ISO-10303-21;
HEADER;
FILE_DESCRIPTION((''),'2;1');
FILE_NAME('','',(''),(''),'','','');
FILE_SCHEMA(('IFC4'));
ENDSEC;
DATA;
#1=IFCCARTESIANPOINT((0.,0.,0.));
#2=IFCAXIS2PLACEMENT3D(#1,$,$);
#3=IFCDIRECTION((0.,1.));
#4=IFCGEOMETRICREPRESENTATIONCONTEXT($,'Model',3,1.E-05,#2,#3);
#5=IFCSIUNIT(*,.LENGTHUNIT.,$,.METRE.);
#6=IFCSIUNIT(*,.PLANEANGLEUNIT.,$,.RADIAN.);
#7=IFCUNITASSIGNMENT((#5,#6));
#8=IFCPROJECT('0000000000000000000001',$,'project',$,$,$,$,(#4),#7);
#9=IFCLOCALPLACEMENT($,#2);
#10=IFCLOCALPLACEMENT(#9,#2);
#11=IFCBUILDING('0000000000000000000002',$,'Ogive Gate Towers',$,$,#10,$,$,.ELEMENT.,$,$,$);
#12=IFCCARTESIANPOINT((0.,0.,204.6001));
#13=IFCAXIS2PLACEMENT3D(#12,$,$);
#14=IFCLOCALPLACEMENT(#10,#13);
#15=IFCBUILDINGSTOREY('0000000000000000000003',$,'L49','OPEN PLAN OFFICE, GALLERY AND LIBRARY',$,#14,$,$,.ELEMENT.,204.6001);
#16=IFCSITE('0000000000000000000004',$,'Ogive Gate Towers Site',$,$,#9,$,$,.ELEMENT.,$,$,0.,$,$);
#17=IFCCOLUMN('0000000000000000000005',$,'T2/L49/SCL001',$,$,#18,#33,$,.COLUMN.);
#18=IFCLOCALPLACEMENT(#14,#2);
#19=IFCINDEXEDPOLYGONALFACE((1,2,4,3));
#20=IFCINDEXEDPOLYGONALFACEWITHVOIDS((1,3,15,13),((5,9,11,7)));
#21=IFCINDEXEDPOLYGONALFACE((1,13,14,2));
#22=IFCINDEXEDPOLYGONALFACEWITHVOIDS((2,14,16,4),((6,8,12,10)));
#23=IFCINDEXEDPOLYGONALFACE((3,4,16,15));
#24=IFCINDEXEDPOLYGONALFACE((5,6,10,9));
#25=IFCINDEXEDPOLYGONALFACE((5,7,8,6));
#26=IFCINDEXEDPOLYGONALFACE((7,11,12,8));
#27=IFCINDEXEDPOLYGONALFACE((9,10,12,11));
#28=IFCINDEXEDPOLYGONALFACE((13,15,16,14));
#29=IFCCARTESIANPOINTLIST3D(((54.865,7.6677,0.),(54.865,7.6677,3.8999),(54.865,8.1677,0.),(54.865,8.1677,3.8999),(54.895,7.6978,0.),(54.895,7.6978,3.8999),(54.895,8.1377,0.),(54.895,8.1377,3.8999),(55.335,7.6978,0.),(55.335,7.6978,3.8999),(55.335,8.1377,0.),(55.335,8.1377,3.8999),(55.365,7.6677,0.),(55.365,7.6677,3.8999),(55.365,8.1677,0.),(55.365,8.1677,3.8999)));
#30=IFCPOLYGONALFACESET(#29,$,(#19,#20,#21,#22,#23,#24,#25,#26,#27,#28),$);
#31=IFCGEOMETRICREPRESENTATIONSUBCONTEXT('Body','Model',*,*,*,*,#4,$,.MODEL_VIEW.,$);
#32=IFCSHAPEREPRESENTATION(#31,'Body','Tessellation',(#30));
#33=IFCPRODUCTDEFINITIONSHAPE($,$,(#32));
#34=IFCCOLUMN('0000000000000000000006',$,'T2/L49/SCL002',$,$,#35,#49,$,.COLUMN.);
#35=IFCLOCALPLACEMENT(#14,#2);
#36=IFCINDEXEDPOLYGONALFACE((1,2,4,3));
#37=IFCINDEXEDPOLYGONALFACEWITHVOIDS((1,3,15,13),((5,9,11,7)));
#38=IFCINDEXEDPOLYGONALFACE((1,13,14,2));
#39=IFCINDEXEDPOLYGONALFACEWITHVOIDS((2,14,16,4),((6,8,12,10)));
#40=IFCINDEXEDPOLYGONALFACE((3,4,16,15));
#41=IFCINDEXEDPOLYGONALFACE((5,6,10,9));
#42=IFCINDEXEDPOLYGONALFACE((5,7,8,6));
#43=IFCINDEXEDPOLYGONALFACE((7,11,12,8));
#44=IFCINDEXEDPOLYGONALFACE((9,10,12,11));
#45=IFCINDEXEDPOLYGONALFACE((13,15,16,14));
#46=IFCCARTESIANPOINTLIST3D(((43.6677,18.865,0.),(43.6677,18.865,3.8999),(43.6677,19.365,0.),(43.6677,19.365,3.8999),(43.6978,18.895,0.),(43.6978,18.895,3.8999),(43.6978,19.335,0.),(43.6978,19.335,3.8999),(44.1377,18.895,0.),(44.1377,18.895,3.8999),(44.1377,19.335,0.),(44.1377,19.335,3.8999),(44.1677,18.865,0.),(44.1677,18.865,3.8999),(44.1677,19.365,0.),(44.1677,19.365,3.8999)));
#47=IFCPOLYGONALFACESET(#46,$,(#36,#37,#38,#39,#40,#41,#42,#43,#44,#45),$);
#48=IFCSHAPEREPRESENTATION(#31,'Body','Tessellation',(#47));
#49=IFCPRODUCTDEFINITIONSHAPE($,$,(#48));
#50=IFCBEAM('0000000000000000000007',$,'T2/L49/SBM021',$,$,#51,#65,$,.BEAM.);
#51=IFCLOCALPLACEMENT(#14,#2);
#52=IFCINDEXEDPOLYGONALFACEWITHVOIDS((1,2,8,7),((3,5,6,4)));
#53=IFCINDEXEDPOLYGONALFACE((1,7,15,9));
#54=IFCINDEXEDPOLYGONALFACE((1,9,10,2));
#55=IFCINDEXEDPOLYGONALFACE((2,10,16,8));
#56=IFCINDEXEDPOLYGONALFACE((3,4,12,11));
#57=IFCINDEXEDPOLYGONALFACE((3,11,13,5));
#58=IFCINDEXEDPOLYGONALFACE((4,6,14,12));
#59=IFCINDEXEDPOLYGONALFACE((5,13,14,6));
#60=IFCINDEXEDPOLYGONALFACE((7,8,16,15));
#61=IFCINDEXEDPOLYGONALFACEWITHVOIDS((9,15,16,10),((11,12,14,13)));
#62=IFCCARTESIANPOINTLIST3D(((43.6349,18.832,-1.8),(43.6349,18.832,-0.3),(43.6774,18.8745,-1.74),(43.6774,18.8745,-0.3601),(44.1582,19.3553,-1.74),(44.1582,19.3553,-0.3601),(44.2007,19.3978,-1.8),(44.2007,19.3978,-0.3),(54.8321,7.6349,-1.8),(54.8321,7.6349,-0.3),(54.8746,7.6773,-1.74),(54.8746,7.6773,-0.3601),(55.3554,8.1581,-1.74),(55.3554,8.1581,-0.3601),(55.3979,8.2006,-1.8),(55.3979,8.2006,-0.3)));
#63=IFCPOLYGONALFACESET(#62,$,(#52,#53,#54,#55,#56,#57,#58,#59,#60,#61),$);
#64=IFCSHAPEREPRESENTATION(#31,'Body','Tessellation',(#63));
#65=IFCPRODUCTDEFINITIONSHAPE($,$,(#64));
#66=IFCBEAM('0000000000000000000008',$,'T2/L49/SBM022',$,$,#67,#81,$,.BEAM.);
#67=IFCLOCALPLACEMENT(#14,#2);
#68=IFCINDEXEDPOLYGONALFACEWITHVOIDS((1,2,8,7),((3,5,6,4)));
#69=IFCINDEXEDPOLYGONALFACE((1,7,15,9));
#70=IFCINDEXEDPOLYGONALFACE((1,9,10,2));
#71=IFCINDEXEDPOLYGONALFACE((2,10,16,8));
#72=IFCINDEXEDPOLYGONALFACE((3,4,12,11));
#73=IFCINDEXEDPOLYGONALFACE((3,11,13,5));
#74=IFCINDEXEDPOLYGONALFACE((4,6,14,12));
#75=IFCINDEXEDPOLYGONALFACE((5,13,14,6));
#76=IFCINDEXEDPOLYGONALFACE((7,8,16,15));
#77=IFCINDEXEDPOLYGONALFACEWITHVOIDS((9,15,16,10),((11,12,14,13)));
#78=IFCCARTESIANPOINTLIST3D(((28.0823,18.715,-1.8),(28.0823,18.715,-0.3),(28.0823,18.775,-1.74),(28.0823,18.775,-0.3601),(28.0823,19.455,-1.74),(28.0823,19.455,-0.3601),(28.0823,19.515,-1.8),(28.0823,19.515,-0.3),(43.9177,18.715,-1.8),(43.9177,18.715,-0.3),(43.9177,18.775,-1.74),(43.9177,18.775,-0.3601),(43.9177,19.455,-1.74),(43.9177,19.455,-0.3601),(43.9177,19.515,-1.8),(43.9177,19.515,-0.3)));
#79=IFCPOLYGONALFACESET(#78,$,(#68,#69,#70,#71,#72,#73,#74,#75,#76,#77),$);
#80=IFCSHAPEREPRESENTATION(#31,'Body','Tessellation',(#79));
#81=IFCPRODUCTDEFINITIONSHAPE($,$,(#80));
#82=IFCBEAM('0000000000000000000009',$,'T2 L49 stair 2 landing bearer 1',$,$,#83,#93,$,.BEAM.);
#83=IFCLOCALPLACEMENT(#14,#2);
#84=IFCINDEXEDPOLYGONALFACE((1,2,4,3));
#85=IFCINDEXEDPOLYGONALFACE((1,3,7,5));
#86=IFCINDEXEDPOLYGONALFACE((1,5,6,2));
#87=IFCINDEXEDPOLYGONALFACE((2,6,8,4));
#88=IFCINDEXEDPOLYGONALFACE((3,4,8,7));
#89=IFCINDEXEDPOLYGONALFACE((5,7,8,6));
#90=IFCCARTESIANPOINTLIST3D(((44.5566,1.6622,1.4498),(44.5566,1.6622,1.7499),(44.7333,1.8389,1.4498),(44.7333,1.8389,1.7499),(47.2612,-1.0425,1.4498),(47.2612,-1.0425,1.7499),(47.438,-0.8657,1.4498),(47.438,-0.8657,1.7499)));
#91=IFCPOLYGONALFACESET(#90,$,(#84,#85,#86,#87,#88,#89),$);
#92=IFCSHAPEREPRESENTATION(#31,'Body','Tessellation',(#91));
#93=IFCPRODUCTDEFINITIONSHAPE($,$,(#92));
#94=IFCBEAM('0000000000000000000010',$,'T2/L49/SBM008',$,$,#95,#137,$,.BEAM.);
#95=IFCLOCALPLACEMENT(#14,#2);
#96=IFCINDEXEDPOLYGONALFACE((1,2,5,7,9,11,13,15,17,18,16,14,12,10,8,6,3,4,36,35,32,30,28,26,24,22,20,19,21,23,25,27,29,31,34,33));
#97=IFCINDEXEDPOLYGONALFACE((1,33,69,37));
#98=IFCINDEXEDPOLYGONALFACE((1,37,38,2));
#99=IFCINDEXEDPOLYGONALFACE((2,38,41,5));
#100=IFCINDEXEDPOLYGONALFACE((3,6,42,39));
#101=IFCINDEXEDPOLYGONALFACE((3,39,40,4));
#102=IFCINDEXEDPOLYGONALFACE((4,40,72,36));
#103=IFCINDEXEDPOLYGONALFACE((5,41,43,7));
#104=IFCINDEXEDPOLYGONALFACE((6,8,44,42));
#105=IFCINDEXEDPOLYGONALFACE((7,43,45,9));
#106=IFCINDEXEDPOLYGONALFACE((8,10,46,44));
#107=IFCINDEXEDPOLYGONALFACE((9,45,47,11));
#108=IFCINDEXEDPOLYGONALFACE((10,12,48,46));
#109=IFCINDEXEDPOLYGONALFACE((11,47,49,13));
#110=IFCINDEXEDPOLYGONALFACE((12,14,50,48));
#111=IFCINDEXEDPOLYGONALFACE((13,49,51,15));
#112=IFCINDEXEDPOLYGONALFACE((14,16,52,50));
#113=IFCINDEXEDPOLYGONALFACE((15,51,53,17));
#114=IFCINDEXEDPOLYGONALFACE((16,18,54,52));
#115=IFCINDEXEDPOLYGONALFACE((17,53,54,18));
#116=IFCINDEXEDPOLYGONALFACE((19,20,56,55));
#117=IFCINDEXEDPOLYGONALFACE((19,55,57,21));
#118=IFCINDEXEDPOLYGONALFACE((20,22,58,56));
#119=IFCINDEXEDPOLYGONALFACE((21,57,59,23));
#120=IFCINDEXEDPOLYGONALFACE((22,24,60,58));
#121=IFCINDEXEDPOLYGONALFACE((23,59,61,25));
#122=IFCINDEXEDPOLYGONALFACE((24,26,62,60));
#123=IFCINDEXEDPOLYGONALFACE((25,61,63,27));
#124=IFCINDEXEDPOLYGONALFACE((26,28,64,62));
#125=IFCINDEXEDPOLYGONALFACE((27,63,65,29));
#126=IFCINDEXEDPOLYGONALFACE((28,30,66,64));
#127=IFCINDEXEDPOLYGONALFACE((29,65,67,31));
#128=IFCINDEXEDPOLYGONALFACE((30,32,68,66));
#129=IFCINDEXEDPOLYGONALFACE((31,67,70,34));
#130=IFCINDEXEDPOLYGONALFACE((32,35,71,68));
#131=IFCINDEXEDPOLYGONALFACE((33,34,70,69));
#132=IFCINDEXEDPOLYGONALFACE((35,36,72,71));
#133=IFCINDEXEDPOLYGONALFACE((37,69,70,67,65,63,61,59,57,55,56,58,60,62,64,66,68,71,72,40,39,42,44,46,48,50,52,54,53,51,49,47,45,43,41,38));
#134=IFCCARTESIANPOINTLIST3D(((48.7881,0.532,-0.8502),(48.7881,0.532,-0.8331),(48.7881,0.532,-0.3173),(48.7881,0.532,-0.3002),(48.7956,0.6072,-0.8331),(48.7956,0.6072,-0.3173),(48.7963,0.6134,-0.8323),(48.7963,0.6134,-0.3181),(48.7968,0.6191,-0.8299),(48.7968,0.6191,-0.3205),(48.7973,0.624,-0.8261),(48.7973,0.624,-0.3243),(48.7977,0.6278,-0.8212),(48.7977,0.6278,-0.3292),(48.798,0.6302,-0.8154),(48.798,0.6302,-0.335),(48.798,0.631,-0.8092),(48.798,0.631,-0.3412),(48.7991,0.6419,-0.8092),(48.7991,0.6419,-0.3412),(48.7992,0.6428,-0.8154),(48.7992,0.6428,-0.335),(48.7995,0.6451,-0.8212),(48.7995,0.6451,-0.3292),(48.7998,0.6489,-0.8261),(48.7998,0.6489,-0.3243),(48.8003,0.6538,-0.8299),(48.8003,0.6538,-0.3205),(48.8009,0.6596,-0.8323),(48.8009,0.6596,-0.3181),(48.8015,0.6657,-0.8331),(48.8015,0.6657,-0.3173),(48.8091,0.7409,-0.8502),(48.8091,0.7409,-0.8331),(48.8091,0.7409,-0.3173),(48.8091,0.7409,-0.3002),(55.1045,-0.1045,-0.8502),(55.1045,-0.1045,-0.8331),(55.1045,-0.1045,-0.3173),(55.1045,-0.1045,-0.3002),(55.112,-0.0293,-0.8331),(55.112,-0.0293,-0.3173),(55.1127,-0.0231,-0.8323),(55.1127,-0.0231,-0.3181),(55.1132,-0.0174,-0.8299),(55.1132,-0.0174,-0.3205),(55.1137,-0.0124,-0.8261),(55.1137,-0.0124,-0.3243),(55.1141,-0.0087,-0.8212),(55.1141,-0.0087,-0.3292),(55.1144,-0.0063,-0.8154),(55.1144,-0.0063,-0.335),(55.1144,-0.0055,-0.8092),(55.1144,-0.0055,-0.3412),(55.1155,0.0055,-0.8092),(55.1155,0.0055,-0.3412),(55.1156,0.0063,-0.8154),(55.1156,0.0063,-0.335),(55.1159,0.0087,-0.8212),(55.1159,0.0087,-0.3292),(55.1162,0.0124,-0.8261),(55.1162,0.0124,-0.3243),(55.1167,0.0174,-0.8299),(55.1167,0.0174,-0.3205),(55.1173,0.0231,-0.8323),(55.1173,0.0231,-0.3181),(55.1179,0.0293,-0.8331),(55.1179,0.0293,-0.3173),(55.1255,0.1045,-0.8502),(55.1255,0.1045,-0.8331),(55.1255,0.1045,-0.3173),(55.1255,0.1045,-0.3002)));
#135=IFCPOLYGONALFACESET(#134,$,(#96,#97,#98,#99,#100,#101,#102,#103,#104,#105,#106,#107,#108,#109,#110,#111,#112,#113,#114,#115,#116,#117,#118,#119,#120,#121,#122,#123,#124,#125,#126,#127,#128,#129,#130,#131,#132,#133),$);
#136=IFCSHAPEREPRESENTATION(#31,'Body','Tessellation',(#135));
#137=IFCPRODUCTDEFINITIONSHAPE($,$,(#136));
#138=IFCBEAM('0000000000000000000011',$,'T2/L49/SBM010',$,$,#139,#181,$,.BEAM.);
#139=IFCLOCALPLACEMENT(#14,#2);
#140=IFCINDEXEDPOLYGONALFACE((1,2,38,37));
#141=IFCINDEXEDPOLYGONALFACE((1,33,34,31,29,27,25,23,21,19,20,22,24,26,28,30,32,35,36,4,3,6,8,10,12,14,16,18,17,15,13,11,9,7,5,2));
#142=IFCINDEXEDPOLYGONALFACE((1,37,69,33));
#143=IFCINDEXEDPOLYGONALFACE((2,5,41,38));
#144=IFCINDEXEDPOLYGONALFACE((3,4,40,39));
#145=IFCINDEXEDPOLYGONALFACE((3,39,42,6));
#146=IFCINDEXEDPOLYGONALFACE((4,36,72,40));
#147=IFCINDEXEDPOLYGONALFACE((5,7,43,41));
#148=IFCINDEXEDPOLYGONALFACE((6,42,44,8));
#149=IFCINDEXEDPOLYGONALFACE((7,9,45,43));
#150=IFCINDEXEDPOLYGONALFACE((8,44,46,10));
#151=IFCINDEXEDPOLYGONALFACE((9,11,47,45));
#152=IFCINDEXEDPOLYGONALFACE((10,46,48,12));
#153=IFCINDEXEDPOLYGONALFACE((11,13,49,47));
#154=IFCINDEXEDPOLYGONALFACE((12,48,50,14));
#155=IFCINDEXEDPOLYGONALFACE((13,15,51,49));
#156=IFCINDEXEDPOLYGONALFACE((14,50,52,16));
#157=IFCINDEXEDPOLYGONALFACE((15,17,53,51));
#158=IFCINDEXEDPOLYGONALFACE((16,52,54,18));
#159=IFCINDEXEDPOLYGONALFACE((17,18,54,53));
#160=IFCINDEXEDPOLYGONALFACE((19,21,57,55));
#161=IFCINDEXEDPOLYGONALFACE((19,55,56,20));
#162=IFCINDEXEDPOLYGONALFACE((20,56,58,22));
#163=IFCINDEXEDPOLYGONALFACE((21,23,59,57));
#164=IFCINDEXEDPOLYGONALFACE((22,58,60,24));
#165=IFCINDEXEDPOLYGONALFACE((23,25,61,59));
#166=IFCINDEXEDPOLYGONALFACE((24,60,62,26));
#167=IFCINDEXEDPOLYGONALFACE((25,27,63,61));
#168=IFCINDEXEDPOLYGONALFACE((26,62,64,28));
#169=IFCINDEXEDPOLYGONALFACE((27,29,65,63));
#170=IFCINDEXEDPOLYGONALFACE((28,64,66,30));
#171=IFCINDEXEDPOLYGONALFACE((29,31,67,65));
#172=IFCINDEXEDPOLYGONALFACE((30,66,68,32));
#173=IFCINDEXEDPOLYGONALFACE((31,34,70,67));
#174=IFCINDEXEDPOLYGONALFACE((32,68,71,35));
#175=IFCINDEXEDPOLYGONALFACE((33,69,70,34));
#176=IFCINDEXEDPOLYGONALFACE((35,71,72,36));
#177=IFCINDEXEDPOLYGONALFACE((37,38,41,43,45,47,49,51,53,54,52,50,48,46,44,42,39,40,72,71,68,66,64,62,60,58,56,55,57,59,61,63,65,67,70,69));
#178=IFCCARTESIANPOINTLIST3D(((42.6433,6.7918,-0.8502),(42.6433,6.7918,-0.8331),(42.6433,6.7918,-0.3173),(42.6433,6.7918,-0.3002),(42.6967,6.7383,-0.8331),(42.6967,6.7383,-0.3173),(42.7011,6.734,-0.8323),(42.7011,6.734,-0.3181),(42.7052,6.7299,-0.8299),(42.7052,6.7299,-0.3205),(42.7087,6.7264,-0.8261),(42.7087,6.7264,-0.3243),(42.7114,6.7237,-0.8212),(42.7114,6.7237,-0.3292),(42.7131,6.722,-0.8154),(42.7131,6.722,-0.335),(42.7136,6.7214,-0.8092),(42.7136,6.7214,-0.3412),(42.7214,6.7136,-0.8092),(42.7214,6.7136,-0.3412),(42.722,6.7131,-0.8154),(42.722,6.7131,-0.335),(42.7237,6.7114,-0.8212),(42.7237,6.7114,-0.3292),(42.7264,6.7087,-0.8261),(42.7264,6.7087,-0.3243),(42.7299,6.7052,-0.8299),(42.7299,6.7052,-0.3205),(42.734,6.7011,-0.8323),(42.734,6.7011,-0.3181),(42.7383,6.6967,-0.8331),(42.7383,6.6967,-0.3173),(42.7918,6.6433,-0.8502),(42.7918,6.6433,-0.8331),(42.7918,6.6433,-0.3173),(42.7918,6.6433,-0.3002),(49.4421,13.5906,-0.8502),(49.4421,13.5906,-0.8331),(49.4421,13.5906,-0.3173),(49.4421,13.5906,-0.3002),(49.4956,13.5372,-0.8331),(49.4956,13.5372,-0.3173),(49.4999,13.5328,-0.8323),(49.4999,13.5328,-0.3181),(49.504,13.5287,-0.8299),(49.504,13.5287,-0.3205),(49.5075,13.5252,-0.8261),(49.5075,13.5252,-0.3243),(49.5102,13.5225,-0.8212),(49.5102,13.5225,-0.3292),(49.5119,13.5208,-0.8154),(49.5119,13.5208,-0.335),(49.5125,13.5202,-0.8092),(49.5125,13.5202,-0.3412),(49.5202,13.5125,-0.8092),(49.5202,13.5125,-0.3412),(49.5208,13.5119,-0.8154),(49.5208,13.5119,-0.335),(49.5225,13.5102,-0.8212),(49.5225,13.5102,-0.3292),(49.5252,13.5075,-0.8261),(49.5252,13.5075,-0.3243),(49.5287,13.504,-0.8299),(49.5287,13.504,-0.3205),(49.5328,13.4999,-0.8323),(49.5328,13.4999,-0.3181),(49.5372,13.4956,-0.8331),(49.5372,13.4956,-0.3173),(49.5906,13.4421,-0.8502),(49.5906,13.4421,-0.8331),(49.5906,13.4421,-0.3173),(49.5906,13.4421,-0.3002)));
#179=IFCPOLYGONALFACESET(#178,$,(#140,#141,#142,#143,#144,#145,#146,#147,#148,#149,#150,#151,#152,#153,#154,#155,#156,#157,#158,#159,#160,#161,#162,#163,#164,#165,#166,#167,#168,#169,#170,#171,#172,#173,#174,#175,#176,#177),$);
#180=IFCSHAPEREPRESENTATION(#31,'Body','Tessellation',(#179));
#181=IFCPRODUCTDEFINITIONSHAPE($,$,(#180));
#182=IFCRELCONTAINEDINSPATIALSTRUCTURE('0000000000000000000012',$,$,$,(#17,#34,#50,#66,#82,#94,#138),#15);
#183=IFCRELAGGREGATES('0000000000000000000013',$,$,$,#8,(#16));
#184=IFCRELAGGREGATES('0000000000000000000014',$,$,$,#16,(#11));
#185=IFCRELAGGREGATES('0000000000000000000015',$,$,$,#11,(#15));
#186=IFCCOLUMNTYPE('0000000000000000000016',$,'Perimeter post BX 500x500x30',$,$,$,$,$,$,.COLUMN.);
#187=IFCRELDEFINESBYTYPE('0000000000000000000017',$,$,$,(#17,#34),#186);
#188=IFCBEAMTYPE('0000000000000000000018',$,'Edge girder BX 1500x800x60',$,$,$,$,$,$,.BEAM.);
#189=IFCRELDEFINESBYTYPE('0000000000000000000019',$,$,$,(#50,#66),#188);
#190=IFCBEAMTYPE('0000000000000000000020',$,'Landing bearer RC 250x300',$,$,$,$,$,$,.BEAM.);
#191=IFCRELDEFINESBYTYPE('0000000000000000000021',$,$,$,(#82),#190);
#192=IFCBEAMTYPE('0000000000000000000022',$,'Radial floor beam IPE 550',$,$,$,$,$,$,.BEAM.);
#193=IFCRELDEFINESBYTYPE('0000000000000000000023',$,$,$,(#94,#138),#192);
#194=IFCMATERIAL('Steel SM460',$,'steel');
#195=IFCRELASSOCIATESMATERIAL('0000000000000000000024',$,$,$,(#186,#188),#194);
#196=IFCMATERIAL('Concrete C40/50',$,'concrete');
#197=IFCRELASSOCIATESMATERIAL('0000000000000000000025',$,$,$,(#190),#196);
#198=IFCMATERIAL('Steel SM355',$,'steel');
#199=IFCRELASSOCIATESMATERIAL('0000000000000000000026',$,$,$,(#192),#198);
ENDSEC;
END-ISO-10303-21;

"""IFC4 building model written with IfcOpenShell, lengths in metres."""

from ifc_helpers import new_model, si_unit, direction, frame, origin, origin_2d, place, context, subcontext, project, spatial, rectangle, hollow_rectangle, i_section, extrude, material, material_profile, profile_set, type_object, element, save


model = new_model("IFC4")

# Units and contexts
model_context = context("Model", 3, precision=1e-05, world=origin(), true_north=direction((0.0, 1.0)))
body_context = subcontext(model_context, "Body", "Model", "MODEL_VIEW")
ifc_project = project(units=[si_unit("LENGTHUNIT", "METRE"), si_unit("PLANEANGLEUNIT", "RADIAN")], contexts=[model_context])

# Site, building, storey
site_placement = place(None, origin())
site = spatial("IfcSite", under=ifc_project, at=site_placement, Name="Ogive Gate Towers Site", CompositionType="ELEMENT", RefElevation=0.0)
building_placement = place(site_placement, origin())
building = spatial("IfcBuilding", under=site, at=building_placement, Name="Ogive Gate Towers", CompositionType="ELEMENT")
storey_placement = place(building_placement, frame((0.0, 0.0, 204.6001)))
storey = spatial("IfcBuildingStorey", under=building, at=storey_placement, Name="L49", Description="OPEN PLAN OFFICE, GALLERY AND LIBRARY", CompositionType="ELEMENT", Elevation=204.6001)

# Columns
ifc_material_1 = material(Name="Steel SM460", Category="steel")
ifc_material_profile_1 = material_profile(ifc_material_1, hollow_rectangle(XDim=0.5, YDim=0.5, WallThickness=0.03, at=origin_2d()), Name="BX 500x500x30")
ifc_profile_set_1 = profile_set([ifc_material_profile_1], Name="Steel SM460")
column_type = type_object("IfcColumnType", Name="Perimeter post BX 500x500x30", PredefinedType="COLUMN", material=ifc_profile_set_1)
for number, where, z_axis, x_axis, name in (
    (1, (55.115, 7.9177, 0.0), (0.0, 0.0, 1.0), (1.0, 0.0, 0.0), "T2/L49/SCL001"),
    (2, (43.9177, 19.115, 0.0), (0.0, 0.0, 1.0), (1.0, 0.0, 0.0), "T2/L49/SCL002"),
):
    element("IfcColumn", number, at=place(storey_placement, frame(where, z_axis=z_axis, x_axis=x_axis)), inside=storey, type_object=column_type, Name=name, PredefinedType="COLUMN", context=body_context, shape_type="SweptSolid", body=[
        extrude(hollow_rectangle(XDim=0.5, YDim=0.5, WallThickness=0.03, at=origin_2d()), origin(), (0.0, 0.0, 1.0), 3.8999),
    ])

# Beams
ifc_material_profile_2 = material_profile(ifc_material_1, hollow_rectangle(XDim=0.8, YDim=1.5, WallThickness=0.0601, at=origin_2d()), Name="BX 1500x800x60")
ifc_profile_set_2 = profile_set([ifc_material_profile_2], Name="Steel SM460")
beam_type_1 = type_object("IfcBeamType", Name="Edge girder BX 1500x800x60", PredefinedType="BEAM", material=ifc_profile_set_2)
beam_1_placement = place(storey_placement, frame((55.115, 7.9177, -1.05), z_axis=(-0.707107, 0.707107, 0.0), x_axis=(-0.707107, -0.707107, 0.0)))
element("IfcBeam", 3, at=beam_1_placement, inside=storey, type_object=beam_type_1, Name="T2/L49/SBM021", PredefinedType="BEAM", context=body_context, shape_type="SweptSolid", body=[
    extrude(hollow_rectangle(XDim=0.8, YDim=1.5, WallThickness=0.0601, at=origin_2d()), origin(), (0.0, 0.0, 1.0), 15.8352),
])
beam_2_placement = place(storey_placement, frame((43.9177, 19.115, -1.05), z_axis=(-1.0, 0.0, 0.0), x_axis=(0.0, -1.0, 0.0)))
element("IfcBeam", 4, at=beam_2_placement, inside=storey, type_object=beam_type_1, Name="T2/L49/SBM022", PredefinedType="BEAM", context=body_context, shape_type="SweptSolid", body=[
    extrude(hollow_rectangle(XDim=0.8, YDim=1.5, WallThickness=0.0601, at=origin_2d()), origin(), (0.0, 0.0, 1.0), 15.8354),
])
ifc_material_2 = material(Name="Concrete C40/50", Category="concrete")
ifc_material_profile_3 = material_profile(ifc_material_2, rectangle(XDim=0.25, YDim=0.3, at=origin_2d()), Name="RC 250x300")
ifc_profile_set_3 = profile_set([ifc_material_profile_3], Name="Concrete C40/50")
beam_type_2 = type_object("IfcBeamType", Name="Landing bearer RC 250x300", PredefinedType="BEAM", material=ifc_profile_set_3)
beam_3_placement = place(storey_placement, frame((47.3496, -0.9541, 1.5999), z_axis=(-0.707107, 0.707107, 0.0), x_axis=(-0.707107, -0.707107, 0.0)))
element("IfcBeam", 5, at=beam_3_placement, inside=storey, type_object=beam_type_2, Name="T2 L49 stair 2 landing bearer 1", PredefinedType="BEAM", context=body_context, shape_type="SweptSolid", body=[
    extrude(rectangle(XDim=0.25, YDim=0.3, at=origin_2d()), origin(), (0.0, 0.0, 1.0), 3.825),
])
ifc_material_3 = material(Name="Steel SM355", Category="steel")
ifc_material_profile_4 = material_profile(ifc_material_3, i_section(OverallWidth=0.21, OverallDepth=0.55, WebThickness=0.011, FlangeThickness=0.0171, FilletRadius=0.0239, at=origin_2d()), Name="IPE 550")
ifc_profile_set_4 = profile_set([ifc_material_profile_4], Name="Steel SM355")
beam_type_3 = type_object("IfcBeamType", Name="Radial floor beam IPE 550", PredefinedType="BEAM", material=ifc_profile_set_4)
beam_4_placement = place(storey_placement, frame((48.7986, 0.6365, -0.5752), z_axis=(0.994962, -0.100258, 0.0), x_axis=(0.100258, 0.994962, 0.0)))
element("IfcBeam", 6, at=beam_4_placement, inside=storey, type_object=beam_type_3, Name="T2/L49/SBM008", PredefinedType="BEAM", context=body_context, shape_type="SweptSolid", body=[
    extrude(i_section(OverallWidth=0.21, OverallDepth=0.55, WebThickness=0.011, FlangeThickness=0.0171, FilletRadius=0.0239, at=origin_2d()), origin(), (0.0, 0.0, 1.0), 6.3484),
])
beam_5_placement = place(storey_placement, frame((42.7175, 6.7175, -0.5752), z_axis=(0.707107, 0.707107, 0.0), x_axis=(-0.707107, 0.707107, 0.0)))
element("IfcBeam", 7, at=beam_5_placement, inside=storey, type_object=beam_type_3, Name="T2/L49/SBM010", PredefinedType="BEAM", context=body_context, shape_type="SweptSolid", body=[
    extrude(i_section(OverallWidth=0.21, OverallDepth=0.55, WebThickness=0.011, FlangeThickness=0.0171, FilletRadius=0.0239, at=origin_2d()), origin(), (0.0, 0.0, 1.0), 9.615),
])

save(model, "model.ifc")
